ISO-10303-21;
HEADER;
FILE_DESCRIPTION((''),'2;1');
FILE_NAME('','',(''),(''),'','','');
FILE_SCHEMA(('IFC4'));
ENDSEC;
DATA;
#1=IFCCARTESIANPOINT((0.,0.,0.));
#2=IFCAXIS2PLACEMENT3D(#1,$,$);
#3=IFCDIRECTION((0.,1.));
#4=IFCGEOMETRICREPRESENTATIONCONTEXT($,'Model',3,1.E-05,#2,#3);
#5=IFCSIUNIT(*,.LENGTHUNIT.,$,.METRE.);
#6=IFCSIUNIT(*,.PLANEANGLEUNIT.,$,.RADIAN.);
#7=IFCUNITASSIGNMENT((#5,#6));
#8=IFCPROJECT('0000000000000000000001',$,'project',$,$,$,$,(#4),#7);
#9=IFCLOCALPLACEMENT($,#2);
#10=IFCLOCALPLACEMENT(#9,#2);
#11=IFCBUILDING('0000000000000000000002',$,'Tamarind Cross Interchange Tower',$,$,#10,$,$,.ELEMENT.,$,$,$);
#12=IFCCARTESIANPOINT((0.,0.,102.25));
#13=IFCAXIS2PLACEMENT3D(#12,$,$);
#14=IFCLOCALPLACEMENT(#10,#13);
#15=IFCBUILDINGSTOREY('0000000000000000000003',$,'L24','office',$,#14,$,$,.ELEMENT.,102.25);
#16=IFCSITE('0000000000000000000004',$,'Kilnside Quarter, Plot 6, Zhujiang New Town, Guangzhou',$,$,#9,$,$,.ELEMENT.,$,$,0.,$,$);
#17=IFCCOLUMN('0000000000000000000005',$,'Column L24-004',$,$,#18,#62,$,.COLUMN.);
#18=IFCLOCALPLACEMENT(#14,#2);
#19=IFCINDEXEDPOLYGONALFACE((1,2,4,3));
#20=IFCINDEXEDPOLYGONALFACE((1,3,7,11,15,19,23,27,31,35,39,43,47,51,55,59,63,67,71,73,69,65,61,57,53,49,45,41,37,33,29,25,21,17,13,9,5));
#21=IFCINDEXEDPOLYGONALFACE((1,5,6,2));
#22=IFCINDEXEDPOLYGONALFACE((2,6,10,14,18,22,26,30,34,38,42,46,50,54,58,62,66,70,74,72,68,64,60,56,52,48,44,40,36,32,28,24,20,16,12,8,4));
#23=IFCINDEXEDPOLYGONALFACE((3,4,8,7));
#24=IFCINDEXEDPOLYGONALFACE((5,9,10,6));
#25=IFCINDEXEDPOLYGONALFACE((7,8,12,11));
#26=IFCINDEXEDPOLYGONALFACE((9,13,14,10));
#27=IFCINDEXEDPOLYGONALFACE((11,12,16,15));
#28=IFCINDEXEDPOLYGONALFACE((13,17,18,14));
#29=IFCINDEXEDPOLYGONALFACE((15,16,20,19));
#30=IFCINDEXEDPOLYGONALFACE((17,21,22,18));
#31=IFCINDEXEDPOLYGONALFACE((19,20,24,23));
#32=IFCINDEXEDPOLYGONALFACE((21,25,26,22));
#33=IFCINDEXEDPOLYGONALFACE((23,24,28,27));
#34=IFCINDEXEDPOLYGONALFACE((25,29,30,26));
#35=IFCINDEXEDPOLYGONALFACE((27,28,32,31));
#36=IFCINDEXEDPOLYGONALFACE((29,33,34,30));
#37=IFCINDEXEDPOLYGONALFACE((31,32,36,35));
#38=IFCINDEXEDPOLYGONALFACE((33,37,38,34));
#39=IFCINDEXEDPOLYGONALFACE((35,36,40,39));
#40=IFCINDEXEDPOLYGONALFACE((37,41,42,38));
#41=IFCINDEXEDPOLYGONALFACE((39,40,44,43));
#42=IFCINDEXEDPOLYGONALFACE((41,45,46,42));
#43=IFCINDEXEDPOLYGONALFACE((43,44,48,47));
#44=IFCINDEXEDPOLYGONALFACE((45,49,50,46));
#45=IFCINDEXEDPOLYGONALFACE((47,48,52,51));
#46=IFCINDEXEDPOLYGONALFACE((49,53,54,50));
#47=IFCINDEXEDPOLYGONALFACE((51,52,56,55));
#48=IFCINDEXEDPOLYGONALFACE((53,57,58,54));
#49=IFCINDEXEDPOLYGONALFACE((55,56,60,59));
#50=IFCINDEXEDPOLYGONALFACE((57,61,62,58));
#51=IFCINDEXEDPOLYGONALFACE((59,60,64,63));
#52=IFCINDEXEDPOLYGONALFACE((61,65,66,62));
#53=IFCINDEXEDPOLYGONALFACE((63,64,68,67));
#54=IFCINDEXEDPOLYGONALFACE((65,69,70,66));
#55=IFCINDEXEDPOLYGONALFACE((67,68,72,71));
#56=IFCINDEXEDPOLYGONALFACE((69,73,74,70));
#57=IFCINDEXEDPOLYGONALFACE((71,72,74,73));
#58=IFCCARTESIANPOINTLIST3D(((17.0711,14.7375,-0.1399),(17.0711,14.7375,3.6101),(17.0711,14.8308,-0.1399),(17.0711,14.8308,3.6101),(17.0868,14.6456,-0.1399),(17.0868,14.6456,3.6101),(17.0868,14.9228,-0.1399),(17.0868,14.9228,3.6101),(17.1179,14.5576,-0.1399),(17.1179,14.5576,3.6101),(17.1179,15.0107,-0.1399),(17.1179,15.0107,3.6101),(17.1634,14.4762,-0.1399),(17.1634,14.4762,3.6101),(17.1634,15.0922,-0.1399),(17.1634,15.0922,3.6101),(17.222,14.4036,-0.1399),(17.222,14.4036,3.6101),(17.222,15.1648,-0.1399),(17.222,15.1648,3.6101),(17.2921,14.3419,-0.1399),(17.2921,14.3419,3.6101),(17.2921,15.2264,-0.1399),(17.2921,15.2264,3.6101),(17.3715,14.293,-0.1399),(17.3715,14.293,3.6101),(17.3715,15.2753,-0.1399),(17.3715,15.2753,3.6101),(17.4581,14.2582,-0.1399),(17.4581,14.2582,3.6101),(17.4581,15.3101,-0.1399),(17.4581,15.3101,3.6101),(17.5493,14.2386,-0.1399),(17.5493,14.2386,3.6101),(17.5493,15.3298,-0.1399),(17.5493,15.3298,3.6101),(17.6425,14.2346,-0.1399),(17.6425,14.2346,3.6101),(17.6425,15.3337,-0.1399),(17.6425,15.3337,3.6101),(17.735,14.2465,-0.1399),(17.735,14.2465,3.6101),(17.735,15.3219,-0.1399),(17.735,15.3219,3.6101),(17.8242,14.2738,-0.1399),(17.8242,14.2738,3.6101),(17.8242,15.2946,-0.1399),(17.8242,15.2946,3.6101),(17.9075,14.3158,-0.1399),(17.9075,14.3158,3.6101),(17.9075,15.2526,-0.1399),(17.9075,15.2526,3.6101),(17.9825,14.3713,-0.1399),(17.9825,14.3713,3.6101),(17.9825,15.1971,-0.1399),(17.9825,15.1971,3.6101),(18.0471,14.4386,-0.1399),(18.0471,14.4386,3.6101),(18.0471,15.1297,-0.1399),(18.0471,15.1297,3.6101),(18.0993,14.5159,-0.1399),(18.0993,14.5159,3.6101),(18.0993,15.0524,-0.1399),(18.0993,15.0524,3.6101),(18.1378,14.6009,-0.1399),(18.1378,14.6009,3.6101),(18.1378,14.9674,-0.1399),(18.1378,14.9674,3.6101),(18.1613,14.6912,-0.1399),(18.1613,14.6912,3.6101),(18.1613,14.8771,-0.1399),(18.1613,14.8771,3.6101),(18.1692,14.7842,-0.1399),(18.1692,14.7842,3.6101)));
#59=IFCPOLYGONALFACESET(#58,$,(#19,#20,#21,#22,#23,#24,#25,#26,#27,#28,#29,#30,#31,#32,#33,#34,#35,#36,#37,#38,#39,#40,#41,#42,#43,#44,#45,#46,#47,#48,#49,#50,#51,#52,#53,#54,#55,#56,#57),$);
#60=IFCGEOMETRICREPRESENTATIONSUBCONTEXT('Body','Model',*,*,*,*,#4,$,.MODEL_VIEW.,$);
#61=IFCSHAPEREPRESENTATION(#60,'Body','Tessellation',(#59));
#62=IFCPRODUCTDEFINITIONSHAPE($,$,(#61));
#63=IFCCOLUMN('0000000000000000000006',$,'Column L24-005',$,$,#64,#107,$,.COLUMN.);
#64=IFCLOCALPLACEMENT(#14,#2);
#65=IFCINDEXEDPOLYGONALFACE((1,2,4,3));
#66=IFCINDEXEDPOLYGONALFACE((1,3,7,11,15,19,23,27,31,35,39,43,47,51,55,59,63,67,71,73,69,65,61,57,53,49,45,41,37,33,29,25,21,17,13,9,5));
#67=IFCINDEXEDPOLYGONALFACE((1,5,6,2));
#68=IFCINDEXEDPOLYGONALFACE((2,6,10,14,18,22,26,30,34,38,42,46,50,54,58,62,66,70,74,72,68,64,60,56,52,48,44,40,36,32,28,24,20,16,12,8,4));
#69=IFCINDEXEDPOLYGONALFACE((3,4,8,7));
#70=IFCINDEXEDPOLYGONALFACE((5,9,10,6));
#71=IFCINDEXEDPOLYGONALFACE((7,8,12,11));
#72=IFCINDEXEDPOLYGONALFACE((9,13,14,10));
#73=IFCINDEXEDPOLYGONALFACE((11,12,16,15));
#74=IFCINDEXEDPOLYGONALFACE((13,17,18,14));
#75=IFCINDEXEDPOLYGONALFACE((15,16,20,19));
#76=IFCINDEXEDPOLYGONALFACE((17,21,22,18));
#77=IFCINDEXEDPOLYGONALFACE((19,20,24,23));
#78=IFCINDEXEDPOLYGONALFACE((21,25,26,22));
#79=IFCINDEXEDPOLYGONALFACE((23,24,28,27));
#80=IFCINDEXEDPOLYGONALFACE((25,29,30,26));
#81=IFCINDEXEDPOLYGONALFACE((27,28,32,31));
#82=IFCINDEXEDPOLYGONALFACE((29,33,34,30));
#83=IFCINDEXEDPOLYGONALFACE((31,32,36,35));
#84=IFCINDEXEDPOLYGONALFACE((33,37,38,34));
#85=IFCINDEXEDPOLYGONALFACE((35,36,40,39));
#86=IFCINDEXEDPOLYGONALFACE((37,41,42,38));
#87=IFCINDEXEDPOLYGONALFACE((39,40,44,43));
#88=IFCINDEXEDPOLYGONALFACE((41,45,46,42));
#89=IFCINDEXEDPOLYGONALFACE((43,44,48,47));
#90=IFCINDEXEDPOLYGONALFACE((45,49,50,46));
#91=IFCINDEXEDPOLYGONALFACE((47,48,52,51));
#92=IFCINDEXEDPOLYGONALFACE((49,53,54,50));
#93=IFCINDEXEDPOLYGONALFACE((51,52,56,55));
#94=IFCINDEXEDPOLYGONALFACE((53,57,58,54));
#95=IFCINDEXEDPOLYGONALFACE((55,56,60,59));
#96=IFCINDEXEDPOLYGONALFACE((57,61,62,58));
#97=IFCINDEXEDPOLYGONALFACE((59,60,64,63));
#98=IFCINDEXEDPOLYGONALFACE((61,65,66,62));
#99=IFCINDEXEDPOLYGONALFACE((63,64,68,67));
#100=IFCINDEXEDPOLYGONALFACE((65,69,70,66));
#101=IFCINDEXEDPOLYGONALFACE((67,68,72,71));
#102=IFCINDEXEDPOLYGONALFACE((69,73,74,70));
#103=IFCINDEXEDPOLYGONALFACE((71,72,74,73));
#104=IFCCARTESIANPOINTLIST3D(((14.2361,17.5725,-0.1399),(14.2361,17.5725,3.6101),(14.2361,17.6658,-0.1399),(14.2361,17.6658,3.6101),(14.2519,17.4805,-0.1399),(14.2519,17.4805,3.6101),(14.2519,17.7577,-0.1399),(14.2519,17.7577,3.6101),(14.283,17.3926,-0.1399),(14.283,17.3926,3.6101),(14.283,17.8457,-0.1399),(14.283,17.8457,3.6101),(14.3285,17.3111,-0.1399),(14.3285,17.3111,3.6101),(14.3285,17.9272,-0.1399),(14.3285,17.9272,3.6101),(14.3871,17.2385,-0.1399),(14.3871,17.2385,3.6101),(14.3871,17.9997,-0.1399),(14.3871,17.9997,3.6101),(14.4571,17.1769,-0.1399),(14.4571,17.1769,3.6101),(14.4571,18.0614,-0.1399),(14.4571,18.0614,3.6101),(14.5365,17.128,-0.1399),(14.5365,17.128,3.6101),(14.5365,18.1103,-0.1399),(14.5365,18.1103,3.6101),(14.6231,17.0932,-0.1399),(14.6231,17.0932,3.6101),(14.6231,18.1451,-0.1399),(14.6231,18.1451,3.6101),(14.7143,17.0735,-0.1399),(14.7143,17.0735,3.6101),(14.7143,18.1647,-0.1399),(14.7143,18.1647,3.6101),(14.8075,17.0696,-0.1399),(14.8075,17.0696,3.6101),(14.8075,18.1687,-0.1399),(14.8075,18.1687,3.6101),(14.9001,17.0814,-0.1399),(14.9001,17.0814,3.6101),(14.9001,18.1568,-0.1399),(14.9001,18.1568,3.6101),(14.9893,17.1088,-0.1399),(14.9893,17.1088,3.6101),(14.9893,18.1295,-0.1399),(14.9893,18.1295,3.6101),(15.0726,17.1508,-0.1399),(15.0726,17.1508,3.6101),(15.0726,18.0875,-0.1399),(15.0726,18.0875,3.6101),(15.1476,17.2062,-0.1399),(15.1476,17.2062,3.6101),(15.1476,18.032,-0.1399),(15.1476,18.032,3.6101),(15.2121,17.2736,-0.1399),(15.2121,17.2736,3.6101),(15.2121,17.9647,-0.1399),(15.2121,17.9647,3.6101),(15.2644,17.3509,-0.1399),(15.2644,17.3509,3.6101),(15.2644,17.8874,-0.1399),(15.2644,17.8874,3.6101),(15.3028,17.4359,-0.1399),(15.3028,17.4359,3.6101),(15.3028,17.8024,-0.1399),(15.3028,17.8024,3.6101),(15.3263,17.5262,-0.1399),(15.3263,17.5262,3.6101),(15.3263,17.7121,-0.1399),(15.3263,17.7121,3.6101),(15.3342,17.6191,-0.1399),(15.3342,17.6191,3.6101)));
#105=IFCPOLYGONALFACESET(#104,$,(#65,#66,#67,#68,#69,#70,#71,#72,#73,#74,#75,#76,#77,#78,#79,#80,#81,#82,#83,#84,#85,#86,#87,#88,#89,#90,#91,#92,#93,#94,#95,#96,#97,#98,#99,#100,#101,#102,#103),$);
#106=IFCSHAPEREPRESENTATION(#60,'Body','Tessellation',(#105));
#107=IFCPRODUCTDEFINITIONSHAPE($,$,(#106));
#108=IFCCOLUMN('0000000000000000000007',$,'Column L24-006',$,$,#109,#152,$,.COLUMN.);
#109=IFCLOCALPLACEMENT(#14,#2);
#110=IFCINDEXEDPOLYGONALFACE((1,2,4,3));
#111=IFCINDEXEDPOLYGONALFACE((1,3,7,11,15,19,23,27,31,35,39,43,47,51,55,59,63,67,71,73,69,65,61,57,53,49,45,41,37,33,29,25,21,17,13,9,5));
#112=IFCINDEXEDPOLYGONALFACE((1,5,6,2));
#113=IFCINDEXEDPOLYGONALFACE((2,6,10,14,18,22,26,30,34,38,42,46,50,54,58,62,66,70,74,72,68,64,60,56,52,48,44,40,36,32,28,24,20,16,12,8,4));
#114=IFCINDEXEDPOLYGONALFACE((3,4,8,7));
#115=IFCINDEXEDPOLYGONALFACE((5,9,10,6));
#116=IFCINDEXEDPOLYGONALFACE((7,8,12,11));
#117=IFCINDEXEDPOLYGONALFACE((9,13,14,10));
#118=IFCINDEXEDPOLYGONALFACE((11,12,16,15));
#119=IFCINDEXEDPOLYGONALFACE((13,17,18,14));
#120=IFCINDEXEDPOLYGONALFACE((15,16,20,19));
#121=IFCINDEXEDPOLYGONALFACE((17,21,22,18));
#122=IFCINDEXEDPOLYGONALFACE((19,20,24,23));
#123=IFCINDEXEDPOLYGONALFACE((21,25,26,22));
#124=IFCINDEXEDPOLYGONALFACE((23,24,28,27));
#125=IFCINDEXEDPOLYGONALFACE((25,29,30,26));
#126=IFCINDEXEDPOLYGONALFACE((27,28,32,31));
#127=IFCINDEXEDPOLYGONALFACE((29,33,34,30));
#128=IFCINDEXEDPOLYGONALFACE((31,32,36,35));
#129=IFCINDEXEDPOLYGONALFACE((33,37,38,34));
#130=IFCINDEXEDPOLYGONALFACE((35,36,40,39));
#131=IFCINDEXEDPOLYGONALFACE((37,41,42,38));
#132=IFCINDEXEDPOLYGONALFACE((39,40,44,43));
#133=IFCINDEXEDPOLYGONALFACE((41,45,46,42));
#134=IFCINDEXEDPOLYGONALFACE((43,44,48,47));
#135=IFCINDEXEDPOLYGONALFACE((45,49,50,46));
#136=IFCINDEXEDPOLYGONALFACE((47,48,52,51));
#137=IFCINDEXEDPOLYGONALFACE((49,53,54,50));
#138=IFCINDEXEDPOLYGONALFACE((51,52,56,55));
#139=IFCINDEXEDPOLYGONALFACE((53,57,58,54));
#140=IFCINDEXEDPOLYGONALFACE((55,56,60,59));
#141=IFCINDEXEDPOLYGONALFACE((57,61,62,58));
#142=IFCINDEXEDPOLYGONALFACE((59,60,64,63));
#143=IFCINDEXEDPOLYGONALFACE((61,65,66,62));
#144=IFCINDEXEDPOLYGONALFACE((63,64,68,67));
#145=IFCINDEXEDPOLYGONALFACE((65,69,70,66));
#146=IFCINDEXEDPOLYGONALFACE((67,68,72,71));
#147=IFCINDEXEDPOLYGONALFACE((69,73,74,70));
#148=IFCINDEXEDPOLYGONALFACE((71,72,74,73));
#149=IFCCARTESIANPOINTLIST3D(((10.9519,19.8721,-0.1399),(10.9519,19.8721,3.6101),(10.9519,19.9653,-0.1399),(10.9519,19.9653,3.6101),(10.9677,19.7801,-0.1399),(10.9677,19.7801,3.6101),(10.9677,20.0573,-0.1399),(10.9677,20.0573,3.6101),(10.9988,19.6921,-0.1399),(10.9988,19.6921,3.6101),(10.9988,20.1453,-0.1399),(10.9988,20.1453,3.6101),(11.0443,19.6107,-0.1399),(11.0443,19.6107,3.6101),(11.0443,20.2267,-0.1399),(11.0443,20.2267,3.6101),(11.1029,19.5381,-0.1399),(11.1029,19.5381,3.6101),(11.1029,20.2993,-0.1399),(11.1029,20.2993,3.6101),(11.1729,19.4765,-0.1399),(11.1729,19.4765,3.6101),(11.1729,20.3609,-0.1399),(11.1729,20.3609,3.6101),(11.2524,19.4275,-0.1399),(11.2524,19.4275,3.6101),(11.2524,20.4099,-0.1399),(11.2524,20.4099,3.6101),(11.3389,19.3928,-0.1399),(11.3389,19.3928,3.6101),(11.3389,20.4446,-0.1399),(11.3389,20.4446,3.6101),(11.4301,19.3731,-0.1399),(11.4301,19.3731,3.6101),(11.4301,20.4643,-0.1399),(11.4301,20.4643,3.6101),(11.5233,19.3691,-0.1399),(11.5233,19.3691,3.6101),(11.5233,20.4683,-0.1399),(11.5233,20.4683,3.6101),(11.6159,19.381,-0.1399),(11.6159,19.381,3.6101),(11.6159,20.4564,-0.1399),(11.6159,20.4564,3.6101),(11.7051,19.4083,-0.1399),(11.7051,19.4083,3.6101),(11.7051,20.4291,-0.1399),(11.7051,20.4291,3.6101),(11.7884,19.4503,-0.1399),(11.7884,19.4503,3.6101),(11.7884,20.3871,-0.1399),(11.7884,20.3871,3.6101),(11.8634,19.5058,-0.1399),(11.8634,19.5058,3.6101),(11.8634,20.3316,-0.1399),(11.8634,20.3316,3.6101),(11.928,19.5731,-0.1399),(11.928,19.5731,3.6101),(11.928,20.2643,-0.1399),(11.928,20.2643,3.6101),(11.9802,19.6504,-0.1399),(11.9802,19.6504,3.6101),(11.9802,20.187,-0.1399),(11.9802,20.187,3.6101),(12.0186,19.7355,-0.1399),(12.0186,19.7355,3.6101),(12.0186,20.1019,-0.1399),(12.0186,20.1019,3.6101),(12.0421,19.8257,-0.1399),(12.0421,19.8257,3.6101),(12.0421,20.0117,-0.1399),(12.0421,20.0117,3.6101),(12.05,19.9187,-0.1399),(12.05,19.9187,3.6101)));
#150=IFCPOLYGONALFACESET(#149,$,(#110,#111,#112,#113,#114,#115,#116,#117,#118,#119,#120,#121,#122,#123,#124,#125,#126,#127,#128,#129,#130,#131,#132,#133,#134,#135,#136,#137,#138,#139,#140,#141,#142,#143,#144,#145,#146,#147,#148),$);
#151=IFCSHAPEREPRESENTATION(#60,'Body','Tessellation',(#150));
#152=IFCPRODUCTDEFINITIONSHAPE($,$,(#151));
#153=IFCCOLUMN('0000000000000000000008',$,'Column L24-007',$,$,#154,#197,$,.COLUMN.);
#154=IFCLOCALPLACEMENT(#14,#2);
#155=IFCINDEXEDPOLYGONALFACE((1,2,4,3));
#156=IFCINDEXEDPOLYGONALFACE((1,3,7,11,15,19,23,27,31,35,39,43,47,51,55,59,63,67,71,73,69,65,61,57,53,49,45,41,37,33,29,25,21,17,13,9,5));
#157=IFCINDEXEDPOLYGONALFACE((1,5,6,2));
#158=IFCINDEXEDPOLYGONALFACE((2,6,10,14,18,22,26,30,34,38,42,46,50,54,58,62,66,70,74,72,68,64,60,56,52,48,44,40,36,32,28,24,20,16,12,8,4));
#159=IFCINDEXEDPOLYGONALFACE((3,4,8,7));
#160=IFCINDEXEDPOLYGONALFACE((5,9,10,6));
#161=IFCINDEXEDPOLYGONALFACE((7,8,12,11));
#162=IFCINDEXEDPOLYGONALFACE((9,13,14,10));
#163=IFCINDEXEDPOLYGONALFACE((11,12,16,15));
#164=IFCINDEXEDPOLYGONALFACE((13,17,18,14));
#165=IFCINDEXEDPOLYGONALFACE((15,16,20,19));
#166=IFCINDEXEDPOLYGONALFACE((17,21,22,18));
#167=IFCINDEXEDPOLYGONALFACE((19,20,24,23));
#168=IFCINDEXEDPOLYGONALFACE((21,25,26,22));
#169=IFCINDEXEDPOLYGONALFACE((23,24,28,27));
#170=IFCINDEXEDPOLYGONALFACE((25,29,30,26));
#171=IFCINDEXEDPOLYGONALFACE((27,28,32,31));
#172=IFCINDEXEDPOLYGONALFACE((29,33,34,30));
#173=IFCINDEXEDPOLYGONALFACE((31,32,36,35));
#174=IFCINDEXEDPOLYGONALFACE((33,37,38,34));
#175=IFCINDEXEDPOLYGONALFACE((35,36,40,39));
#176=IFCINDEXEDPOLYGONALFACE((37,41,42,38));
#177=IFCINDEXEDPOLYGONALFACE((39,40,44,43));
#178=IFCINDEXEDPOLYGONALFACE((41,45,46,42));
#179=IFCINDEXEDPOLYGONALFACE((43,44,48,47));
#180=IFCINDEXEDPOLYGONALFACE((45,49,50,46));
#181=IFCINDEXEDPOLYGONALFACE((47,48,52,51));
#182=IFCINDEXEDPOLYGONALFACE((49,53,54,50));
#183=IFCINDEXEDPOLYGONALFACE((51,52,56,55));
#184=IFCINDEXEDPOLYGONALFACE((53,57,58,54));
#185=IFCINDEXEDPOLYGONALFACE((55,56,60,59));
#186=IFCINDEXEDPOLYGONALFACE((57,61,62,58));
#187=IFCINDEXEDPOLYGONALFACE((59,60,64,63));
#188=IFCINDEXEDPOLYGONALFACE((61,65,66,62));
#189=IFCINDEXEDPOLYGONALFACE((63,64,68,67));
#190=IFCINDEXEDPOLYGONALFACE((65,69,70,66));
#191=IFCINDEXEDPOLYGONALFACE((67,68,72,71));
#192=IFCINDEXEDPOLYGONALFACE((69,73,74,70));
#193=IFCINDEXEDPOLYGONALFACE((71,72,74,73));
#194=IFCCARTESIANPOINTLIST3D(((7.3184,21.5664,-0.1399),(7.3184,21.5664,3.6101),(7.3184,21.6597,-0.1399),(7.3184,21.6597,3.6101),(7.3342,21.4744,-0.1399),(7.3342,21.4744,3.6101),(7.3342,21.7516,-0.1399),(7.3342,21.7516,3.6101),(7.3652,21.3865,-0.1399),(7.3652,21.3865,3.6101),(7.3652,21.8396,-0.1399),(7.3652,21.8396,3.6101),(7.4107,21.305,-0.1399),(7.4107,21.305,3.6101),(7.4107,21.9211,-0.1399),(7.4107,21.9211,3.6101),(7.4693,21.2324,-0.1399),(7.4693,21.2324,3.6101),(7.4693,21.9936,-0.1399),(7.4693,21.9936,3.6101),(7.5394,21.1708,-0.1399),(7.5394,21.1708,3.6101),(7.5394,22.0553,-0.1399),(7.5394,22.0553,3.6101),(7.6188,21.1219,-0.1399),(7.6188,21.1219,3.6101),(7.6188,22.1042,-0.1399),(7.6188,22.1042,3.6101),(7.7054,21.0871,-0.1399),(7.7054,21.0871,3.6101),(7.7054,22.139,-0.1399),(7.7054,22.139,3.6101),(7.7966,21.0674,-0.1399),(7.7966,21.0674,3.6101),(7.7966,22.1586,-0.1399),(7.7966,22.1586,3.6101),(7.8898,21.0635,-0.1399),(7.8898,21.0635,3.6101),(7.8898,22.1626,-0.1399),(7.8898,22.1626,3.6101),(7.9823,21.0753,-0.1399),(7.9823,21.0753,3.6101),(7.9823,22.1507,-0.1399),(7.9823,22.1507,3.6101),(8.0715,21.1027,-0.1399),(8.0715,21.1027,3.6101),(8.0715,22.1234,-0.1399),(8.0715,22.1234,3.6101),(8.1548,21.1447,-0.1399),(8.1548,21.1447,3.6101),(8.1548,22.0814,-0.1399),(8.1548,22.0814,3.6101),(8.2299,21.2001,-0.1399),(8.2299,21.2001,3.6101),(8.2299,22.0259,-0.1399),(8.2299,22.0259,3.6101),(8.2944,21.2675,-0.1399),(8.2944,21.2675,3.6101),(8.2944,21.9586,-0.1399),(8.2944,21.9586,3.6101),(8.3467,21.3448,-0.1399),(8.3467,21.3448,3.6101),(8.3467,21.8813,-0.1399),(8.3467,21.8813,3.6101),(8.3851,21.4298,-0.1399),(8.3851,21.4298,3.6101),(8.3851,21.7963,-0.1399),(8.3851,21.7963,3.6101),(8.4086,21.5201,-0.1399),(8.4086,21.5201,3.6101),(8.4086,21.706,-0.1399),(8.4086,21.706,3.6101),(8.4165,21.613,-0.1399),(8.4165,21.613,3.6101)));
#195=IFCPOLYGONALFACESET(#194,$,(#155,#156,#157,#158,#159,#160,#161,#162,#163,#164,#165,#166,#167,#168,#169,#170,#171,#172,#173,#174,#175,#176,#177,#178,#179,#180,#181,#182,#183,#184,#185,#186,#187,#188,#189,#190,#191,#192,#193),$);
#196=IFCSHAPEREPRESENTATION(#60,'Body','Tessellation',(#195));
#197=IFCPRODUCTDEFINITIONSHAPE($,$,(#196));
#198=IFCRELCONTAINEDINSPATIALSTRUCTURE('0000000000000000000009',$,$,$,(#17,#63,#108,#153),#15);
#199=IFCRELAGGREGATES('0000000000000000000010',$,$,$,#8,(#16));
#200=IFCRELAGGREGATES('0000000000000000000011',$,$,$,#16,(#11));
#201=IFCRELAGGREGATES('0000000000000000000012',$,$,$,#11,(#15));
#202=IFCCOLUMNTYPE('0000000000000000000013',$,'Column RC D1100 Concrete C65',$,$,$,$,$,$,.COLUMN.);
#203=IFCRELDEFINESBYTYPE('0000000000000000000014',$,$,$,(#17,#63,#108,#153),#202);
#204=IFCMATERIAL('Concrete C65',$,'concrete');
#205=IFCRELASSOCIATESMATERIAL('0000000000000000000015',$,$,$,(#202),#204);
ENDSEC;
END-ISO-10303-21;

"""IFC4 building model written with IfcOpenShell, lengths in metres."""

from ifc_helpers import new_model, si_unit, direction, frame, origin, origin_2d, place, context, subcontext, project, spatial, circle, extrude, material, material_profile, profile_set, type_object, element, save


model = new_model("IFC4")

# Units and contexts
model_context = context("Model", 3, precision=1e-05, world=origin(), true_north=direction((0.0, 1.0)))
body_context = subcontext(model_context, "Body", "Model", "MODEL_VIEW")
ifc_project = project(units=[si_unit("LENGTHUNIT", "METRE"), si_unit("PLANEANGLEUNIT", "RADIAN")], contexts=[model_context])

# Site, building, storey
site_placement = place(None, origin())
site = spatial("IfcSite", under=ifc_project, at=site_placement, Name="Kilnside Quarter, Plot 6, Zhujiang New Town, Guangzhou", CompositionType="ELEMENT", RefElevation=0.0)
building_placement = place(site_placement, origin())
building = spatial("IfcBuilding", under=site, at=building_placement, Name="Tamarind Cross Interchange Tower", CompositionType="ELEMENT")
storey_placement = place(building_placement, frame((0.0, 0.0, 102.25)))
storey = spatial("IfcBuildingStorey", under=building, at=storey_placement, Name="L24", Description="office", CompositionType="ELEMENT", Elevation=102.25)

# Columns
ifc_material_1 = material(Name="Concrete C65", Category="concrete")
ifc_material_profile_1 = material_profile(ifc_material_1, circle(Radius=0.55, at=origin_2d()), Name="RC D1100")
ifc_profile_set_1 = profile_set([ifc_material_profile_1], Name="Concrete C65")
column_type = type_object("IfcColumnType", Name="Column RC D1100 Concrete C65", PredefinedType="COLUMN", material=ifc_profile_set_1)
for number, where, z_axis, x_axis, name in (
    (1, (17.6191, 14.7842, -0.1399), (0.0, 0.0, 1.0), (1.0, 0.0, 0.0), "Column L24-004"),
    (2, (14.7842, 17.6191, -0.1399), (0.0, 0.0, 1.0), (1.0, 0.0, 0.0), "Column L24-005"),
    (3, (11.5, 19.9187, -0.1399), (0.0, 0.0, 1.0), (1.0, 0.0, 0.0), "Column L24-006"),
    (4, (7.8665, 21.613, -0.1399), (0.0, 0.0, 1.0), (1.0, 0.0, 0.0), "Column L24-007"),
):
    element("IfcColumn", number, at=place(storey_placement, frame(where, z_axis=z_axis, x_axis=x_axis)), inside=storey, type_object=column_type, Name=name, PredefinedType="COLUMN", context=body_context, shape_type="SweptSolid", body=[
        extrude(circle(Radius=0.55, at=origin_2d()), origin(), (0.0, 0.0, 1.0), 3.75),
    ])

save(model, "model.ifc")
